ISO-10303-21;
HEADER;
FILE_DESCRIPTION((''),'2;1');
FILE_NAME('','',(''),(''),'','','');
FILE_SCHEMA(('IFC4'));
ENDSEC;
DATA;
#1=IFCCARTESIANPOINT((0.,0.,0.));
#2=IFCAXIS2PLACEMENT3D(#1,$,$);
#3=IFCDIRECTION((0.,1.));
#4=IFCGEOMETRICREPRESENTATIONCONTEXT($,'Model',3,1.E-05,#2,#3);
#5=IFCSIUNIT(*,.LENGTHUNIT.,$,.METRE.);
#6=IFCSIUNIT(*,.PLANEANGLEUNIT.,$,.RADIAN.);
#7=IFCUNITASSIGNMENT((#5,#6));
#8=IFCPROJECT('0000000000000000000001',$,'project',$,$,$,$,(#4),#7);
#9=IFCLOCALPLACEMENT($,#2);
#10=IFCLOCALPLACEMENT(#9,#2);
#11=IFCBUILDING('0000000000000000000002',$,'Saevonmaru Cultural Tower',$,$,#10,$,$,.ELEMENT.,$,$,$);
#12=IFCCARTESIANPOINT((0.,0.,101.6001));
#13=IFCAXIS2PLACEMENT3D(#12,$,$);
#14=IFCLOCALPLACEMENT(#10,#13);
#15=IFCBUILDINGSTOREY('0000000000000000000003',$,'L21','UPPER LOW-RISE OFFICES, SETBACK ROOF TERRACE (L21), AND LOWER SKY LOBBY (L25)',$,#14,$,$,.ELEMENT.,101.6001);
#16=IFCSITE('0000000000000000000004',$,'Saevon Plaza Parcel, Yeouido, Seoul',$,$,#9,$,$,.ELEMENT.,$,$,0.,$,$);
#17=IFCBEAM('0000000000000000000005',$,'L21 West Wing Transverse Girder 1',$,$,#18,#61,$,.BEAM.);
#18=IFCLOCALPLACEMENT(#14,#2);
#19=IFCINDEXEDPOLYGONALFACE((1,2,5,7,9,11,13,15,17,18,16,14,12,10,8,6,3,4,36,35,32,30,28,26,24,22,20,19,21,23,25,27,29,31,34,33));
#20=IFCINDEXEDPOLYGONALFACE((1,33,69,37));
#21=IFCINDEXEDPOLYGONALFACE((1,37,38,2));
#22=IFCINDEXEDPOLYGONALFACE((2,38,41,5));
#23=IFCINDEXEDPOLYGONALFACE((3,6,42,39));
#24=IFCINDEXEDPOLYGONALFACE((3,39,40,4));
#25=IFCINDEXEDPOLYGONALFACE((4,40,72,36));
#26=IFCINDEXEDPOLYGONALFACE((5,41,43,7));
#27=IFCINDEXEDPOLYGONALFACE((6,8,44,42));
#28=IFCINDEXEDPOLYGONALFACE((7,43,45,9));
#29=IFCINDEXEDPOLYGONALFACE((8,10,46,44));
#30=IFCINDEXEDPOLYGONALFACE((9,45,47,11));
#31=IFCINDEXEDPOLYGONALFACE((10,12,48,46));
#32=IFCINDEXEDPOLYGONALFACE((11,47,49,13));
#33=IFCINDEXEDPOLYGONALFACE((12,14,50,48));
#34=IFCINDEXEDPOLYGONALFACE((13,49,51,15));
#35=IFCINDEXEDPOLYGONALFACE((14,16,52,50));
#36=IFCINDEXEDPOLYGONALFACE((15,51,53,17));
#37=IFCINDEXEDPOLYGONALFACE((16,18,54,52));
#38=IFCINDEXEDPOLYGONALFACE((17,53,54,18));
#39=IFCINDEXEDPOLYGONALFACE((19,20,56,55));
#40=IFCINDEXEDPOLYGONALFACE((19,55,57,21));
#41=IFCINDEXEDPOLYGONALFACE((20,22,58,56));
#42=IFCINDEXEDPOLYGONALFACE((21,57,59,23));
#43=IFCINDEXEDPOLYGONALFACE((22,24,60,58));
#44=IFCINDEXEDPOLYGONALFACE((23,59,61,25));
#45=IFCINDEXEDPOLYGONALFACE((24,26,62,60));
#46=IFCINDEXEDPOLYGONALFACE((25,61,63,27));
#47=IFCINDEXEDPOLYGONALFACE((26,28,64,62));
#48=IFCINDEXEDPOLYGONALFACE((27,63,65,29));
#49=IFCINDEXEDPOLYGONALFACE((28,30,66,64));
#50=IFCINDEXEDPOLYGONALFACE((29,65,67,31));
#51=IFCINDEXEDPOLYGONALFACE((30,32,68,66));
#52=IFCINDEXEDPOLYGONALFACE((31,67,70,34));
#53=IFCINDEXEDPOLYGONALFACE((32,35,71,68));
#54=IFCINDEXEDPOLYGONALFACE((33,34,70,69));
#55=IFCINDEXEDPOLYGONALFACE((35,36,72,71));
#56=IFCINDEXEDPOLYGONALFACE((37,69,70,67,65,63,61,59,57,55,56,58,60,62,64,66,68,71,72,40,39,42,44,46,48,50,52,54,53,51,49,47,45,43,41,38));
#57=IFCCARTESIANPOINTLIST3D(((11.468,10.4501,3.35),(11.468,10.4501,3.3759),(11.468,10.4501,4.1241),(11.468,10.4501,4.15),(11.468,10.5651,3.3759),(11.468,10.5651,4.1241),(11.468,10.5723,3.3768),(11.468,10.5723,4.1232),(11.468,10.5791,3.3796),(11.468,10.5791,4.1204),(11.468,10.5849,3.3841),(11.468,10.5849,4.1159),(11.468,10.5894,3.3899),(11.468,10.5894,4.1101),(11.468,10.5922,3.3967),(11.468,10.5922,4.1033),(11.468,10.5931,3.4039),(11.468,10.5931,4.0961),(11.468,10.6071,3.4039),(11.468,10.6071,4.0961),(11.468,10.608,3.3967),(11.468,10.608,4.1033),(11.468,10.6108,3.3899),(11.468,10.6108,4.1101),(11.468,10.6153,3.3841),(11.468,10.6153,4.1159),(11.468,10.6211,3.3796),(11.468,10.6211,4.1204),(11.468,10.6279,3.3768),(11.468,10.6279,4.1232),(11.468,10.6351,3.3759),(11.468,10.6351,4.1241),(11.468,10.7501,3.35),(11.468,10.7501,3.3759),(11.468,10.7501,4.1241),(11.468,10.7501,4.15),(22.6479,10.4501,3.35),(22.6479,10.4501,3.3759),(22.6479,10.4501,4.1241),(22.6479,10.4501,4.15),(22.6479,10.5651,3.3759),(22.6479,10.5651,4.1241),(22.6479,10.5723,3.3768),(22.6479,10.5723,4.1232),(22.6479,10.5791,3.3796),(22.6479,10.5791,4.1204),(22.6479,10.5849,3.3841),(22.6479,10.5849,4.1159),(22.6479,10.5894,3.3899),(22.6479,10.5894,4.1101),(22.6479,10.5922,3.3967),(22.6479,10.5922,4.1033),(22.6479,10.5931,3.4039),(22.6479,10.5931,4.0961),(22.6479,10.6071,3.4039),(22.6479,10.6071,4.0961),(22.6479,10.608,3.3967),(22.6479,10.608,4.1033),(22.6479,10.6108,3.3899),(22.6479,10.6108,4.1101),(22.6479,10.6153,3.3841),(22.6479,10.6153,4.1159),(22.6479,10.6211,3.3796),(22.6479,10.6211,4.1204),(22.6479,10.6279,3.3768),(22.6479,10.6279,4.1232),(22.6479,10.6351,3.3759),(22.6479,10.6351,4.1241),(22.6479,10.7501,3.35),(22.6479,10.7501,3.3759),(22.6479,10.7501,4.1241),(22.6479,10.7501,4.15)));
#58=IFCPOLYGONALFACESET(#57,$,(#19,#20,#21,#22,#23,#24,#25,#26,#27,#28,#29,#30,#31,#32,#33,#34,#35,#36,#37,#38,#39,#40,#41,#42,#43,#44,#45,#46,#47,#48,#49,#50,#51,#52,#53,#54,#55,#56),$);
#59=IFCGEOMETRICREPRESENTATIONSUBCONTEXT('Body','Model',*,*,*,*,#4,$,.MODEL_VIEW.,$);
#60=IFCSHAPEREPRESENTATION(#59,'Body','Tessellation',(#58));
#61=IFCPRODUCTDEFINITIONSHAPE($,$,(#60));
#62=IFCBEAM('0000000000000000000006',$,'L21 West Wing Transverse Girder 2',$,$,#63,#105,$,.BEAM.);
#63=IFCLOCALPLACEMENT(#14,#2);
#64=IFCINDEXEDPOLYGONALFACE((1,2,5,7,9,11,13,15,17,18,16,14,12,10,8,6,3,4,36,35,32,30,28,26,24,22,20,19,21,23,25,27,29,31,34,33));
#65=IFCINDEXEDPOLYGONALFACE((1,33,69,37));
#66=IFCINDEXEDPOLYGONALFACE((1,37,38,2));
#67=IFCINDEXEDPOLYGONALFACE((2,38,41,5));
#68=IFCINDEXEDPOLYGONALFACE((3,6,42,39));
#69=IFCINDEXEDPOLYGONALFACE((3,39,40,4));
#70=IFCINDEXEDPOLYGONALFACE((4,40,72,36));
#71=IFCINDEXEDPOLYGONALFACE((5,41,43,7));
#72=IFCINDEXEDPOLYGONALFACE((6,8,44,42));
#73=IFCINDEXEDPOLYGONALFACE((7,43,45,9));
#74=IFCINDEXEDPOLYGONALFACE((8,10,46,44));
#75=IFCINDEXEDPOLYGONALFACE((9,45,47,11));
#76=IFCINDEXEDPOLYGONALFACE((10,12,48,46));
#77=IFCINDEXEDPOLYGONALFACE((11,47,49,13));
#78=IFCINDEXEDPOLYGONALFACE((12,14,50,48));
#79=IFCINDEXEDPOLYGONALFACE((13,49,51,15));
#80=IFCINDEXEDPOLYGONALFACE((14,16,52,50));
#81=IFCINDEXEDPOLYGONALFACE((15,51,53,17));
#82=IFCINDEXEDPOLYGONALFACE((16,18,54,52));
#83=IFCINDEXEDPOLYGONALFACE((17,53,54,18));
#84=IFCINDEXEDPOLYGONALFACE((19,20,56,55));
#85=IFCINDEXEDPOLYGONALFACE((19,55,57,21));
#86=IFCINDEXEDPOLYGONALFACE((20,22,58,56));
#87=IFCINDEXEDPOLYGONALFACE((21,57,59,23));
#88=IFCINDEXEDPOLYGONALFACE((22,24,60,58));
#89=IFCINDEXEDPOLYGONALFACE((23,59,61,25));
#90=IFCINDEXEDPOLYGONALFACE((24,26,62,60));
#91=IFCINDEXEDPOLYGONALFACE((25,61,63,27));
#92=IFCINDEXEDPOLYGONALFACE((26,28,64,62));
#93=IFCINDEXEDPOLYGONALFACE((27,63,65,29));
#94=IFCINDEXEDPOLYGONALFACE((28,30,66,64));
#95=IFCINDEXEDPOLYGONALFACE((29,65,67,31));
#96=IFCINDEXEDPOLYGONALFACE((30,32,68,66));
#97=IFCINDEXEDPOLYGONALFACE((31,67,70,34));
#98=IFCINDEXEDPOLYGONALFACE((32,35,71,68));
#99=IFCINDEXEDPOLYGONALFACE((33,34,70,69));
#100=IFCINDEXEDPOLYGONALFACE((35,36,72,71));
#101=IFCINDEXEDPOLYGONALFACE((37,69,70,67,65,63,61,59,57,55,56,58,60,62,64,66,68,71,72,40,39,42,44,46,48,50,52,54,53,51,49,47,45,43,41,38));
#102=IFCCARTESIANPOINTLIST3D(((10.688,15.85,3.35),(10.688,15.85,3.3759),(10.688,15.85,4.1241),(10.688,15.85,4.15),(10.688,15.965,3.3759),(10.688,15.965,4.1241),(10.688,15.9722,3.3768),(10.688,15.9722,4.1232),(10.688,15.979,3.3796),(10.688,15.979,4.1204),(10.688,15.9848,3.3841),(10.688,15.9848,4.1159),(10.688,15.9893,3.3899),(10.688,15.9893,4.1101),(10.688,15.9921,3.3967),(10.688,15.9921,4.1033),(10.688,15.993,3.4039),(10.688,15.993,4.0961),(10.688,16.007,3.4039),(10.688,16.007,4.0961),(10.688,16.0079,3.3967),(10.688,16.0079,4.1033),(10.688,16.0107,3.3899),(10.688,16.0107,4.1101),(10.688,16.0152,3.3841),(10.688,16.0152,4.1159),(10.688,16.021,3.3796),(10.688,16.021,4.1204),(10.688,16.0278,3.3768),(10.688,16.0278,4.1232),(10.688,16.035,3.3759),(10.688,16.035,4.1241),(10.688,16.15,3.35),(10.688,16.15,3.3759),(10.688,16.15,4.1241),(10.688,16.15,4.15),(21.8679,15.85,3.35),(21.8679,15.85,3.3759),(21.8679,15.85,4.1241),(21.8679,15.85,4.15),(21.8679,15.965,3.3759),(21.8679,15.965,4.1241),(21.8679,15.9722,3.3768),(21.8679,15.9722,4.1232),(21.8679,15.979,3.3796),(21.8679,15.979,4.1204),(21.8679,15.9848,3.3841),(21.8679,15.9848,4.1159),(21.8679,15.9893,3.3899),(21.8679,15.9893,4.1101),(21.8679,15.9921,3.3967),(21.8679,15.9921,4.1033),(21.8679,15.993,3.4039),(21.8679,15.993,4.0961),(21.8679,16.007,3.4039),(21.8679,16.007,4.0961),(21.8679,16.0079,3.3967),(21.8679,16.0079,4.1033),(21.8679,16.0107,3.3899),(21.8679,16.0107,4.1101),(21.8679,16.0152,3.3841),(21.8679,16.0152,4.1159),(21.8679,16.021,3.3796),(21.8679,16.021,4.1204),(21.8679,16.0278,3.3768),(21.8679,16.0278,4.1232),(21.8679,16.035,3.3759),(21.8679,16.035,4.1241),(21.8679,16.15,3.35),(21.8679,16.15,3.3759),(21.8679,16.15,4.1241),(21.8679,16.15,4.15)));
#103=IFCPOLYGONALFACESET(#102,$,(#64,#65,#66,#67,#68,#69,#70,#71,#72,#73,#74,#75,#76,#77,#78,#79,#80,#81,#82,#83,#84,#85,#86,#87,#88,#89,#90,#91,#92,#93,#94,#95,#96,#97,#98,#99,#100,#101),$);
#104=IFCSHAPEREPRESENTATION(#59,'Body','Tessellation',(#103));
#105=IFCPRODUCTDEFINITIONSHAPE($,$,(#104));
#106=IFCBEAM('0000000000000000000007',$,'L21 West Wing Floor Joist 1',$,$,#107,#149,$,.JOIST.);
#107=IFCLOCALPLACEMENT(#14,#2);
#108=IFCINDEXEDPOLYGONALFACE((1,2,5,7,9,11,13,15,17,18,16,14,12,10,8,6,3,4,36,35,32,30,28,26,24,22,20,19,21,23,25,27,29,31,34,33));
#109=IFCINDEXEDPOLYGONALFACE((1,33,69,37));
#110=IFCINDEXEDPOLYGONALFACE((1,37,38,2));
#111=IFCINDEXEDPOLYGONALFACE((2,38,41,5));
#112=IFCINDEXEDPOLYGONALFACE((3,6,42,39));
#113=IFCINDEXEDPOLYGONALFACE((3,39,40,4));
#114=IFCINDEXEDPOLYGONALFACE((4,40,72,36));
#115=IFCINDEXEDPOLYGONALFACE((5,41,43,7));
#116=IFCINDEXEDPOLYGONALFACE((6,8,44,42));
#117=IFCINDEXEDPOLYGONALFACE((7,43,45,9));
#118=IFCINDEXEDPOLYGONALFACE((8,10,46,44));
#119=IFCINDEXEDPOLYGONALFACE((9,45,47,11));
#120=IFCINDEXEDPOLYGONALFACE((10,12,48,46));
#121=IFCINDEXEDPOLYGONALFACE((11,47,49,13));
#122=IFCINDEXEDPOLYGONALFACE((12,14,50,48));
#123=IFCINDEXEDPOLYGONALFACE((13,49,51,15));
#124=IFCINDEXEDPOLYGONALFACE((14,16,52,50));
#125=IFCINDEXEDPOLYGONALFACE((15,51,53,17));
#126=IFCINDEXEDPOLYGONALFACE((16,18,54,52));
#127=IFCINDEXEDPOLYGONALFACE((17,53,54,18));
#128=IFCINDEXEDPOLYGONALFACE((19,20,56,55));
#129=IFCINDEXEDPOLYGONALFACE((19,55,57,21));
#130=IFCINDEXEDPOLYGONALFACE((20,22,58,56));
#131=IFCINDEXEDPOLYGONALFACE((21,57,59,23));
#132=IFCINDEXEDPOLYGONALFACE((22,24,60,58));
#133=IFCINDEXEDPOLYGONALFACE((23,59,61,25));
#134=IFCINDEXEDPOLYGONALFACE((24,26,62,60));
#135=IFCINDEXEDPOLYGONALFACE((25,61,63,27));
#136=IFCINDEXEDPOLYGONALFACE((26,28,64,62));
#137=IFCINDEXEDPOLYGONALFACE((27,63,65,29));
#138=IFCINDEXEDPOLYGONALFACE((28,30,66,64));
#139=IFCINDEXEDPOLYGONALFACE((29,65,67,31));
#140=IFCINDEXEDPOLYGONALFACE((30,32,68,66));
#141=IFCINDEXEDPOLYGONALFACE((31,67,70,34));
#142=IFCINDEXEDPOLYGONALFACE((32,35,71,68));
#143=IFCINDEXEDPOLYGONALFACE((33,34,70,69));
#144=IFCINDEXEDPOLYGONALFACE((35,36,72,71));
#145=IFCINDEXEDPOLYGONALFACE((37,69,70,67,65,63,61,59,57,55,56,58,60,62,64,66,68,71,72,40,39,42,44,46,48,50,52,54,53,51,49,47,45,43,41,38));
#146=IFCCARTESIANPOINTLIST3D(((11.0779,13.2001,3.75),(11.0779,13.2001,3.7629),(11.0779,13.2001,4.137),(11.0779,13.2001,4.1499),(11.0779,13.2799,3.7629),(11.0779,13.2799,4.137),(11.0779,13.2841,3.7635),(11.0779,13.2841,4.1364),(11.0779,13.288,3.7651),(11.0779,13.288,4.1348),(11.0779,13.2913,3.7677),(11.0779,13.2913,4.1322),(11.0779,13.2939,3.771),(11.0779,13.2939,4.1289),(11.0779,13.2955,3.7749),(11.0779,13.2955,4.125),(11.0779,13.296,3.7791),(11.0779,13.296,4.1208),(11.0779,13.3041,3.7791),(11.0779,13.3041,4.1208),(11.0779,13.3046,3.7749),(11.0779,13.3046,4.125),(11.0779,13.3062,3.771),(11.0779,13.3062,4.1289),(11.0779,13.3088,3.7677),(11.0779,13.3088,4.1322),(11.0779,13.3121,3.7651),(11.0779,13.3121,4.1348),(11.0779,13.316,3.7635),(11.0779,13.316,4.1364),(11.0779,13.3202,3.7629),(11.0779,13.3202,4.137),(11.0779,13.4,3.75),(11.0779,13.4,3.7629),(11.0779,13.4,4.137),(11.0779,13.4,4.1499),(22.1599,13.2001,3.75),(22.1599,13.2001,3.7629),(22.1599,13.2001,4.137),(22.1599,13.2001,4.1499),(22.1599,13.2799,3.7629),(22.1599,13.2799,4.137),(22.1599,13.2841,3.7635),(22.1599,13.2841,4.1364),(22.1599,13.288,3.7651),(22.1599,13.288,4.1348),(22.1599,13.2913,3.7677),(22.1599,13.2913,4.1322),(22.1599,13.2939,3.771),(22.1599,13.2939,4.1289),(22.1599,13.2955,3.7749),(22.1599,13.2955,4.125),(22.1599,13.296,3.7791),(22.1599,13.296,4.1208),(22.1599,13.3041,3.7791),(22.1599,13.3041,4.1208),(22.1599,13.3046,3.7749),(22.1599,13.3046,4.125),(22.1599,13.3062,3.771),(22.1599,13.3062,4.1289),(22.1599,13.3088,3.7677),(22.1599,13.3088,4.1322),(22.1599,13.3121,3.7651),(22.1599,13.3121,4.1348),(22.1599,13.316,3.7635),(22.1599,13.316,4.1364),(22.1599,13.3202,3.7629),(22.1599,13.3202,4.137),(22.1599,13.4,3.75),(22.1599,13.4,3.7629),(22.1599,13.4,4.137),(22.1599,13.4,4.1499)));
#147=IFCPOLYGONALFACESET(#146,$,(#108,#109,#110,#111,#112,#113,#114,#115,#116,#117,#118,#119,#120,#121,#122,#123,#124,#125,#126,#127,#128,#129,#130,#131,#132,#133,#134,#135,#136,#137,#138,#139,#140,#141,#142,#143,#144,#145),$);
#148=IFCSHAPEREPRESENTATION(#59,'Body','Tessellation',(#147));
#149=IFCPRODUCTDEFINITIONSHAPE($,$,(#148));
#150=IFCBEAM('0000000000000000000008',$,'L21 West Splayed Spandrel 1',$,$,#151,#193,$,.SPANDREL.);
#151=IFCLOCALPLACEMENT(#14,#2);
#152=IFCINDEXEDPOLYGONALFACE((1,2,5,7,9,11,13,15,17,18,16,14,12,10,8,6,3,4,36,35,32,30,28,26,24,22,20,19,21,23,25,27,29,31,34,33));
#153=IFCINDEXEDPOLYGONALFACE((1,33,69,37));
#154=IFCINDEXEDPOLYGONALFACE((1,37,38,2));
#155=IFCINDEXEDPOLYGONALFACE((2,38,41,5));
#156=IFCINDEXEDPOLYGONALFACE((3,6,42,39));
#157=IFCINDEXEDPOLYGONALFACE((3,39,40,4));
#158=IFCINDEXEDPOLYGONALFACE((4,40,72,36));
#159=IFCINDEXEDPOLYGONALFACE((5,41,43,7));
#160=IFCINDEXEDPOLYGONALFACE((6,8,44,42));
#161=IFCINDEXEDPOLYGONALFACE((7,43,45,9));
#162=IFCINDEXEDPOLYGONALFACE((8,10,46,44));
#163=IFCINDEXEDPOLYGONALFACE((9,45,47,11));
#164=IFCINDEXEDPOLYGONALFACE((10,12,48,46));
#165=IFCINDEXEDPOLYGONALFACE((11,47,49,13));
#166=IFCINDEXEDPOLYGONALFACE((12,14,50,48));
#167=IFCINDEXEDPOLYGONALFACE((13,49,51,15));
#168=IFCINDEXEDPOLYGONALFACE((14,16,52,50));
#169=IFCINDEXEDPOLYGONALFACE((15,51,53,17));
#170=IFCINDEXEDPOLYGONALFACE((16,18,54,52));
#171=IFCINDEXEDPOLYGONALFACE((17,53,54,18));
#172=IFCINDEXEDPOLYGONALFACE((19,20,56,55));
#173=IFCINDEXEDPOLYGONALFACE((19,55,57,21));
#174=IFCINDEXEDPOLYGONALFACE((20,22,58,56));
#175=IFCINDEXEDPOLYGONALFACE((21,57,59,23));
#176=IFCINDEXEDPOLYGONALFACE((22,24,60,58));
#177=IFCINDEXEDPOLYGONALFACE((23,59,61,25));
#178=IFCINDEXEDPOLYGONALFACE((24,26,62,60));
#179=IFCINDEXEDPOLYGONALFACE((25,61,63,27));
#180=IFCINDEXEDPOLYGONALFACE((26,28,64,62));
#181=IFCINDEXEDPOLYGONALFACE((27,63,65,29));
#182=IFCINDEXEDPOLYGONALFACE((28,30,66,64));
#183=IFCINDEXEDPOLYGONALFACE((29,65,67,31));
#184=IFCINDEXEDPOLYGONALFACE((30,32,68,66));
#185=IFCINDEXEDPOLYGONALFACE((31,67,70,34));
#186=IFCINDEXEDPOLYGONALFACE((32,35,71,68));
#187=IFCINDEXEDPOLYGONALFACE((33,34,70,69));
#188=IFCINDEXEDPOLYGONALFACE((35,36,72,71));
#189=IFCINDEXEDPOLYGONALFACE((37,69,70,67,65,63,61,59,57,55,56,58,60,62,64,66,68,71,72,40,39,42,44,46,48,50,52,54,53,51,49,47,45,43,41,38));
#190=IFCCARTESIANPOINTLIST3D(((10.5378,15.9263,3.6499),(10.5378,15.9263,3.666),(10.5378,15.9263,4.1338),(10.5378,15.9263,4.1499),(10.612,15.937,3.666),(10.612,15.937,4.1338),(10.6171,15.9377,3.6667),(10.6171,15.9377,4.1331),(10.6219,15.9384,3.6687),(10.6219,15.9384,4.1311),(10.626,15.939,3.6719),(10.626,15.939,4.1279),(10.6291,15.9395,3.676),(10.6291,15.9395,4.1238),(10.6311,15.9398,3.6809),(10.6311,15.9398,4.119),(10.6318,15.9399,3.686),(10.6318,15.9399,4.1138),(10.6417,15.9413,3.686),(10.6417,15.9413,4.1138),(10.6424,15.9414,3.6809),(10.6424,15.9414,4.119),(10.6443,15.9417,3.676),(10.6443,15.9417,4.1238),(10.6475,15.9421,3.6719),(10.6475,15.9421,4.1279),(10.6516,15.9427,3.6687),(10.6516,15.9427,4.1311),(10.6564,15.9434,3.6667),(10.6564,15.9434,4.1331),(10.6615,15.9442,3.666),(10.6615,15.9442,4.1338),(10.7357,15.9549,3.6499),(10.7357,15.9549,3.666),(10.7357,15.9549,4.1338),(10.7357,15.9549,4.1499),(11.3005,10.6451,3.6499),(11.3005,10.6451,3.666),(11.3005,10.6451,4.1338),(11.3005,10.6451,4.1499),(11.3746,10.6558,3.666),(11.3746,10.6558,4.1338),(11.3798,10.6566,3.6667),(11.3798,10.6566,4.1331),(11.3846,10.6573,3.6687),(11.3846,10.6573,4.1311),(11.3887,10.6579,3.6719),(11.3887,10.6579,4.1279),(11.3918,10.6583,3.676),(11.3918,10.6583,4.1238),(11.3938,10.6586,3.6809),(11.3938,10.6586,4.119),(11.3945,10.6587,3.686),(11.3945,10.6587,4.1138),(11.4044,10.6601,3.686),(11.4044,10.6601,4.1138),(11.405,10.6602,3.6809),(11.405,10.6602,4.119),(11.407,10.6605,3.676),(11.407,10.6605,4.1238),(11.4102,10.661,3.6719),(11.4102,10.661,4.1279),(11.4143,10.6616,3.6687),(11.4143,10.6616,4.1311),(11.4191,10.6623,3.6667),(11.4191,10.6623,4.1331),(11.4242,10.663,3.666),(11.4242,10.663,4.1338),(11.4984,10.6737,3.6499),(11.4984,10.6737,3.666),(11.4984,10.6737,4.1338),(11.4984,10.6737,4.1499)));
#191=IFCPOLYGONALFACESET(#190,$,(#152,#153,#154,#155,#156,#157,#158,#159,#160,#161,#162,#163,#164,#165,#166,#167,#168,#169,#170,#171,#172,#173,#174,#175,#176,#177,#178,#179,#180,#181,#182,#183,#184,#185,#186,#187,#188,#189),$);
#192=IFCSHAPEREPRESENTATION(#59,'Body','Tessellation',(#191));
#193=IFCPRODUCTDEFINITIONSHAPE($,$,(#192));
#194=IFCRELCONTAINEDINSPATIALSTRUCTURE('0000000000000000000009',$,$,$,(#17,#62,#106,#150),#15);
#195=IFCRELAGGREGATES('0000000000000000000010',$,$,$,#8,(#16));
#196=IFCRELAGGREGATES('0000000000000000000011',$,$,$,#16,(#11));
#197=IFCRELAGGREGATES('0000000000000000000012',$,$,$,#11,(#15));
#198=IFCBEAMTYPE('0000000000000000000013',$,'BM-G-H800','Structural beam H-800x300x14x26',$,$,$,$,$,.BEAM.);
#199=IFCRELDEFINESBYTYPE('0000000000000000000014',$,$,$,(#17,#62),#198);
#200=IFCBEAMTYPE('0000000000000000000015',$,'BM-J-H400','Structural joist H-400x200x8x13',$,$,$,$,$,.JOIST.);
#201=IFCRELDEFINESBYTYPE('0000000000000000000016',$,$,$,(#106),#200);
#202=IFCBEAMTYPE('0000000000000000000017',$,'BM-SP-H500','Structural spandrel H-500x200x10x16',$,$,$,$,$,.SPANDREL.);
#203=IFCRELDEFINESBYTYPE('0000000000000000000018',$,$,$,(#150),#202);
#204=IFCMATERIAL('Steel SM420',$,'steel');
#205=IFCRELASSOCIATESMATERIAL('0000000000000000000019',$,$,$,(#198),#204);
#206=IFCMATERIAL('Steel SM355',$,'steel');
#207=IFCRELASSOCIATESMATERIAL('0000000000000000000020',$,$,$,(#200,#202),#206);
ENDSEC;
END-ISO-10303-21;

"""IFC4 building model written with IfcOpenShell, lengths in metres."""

from ifc_helpers import new_model, si_unit, direction, frame, origin, origin_2d, place, context, subcontext, project, spatial, i_section, extrude, material, material_profile, profile_set, type_object, element, save


model = new_model("IFC4")

# Units and contexts
model_context = context("Model", 3, precision=1e-05, world=origin(), true_north=direction((0.0, 1.0)))
body_context = subcontext(model_context, "Body", "Model", "MODEL_VIEW")
ifc_project = project(units=[si_unit("LENGTHUNIT", "METRE"), si_unit("PLANEANGLEUNIT", "RADIAN")], contexts=[model_context])

# Site, building, storey
site_placement = place(None, origin())
site = spatial("IfcSite", under=ifc_project, at=site_placement, Name="Saevon Plaza Parcel, Yeouido, Seoul", CompositionType="ELEMENT", RefElevation=0.0)
building_placement = place(site_placement, origin())
building = spatial("IfcBuilding", under=site, at=building_placement, Name="Saevonmaru Cultural Tower", CompositionType="ELEMENT")
storey_placement = place(building_placement, frame((0.0, 0.0, 101.6001)))
storey = spatial("IfcBuildingStorey", under=building, at=storey_placement, Name="L21", Description="UPPER LOW-RISE OFFICES, SETBACK ROOF TERRACE (L21), AND LOWER SKY LOBBY (L25)", CompositionType="ELEMENT", Elevation=101.6001)

# Shared definitions
ifc_material_1 = material(Name="Steel SM420", Category="steel")
ifc_material_2 = material(Name="Steel SM355", Category="steel")

# Beams
ifc_material_profile_1 = material_profile(ifc_material_1, i_section(OverallWidth=0.3, OverallDepth=0.8, WebThickness=0.0139, FlangeThickness=0.0259, FilletRadius=0.0281, at=origin_2d()), Name="H-800x300x14x26")
ifc_profile_set_1 = profile_set([ifc_material_profile_1], Name="Steel SM420")
beam_type_1 = type_object("IfcBeamType", Name="BM-G-H800", Description="Structural beam H-800x300x14x26", PredefinedType="BEAM", material=ifc_profile_set_1)
for number, where, z_axis, x_axis, name in (
    (1, (11.468, 10.6001, 3.75), (1.0, 0.0, 0.0), (0.0, 1.0, 0.0), "L21 West Wing Transverse Girder 1"),
    (2, (10.688, 16.0, 3.75), (1.0, 0.0, 0.0), (0.0, 1.0, 0.0), "L21 West Wing Transverse Girder 2"),
):
    element("IfcBeam", number, at=place(storey_placement, frame(where, z_axis=z_axis, x_axis=x_axis)), inside=storey, type_object=beam_type_1, Name=name, PredefinedType="BEAM", context=body_context, shape_type="SweptSolid", body=[
        extrude(i_section(OverallWidth=0.3, OverallDepth=0.8, WebThickness=0.0139, FlangeThickness=0.0259, FilletRadius=0.0281, at=origin_2d()), origin(), (0.0, 0.0, 1.0), 11.1799),
    ])
ifc_material_profile_2 = material_profile(ifc_material_2, i_section(OverallWidth=0.2, OverallDepth=0.3999, WebThickness=0.0081, FlangeThickness=0.0129, FilletRadius=0.0161, at=origin_2d()), Name="H-400x200x8x13")
ifc_profile_set_2 = profile_set([ifc_material_profile_2], Name="Steel SM355")
beam_type_2 = type_object("IfcBeamType", Name="BM-J-H400", Description="Structural joist H-400x200x8x13", PredefinedType="JOIST", material=ifc_profile_set_2)
beam_1_placement = place(storey_placement, frame((11.0779, 13.3, 3.95), z_axis=(1.0, 0.0, 0.0), x_axis=(0.0, 1.0, 0.0)))
element("IfcBeam", 3, at=beam_1_placement, inside=storey, type_object=beam_type_2, Name="L21 West Wing Floor Joist 1", PredefinedType="JOIST", context=body_context, shape_type="SweptSolid", body=[
    extrude(i_section(OverallWidth=0.2, OverallDepth=0.3999, WebThickness=0.0081, FlangeThickness=0.0129, FilletRadius=0.0161, at=origin_2d()), origin(), (0.0, 0.0, 1.0), 11.082),
])
ifc_material_profile_3 = material_profile(ifc_material_2, i_section(OverallWidth=0.2, OverallDepth=0.5, WebThickness=0.01, FlangeThickness=0.0161, FilletRadius=0.02, at=origin_2d()), Name="H-500x200x10x16")
ifc_profile_set_3 = profile_set([ifc_material_profile_3], Name="Steel SM355")
beam_type_3 = type_object("IfcBeamType", Name="BM-SP-H500", Description="Structural spandrel H-500x200x10x16", PredefinedType="SPANDREL", material=ifc_profile_set_3)
beam_2_placement = place(storey_placement, frame((11.3994, 10.6594, 3.8999), z_axis=(-0.142933, 0.989732, 0.0), x_axis=(-0.989732, -0.142933, 0.0)))
element("IfcBeam", 4, at=beam_2_placement, inside=storey, type_object=beam_type_3, Name="L21 West Splayed Spandrel 1", PredefinedType="SPANDREL", context=body_context, shape_type="SweptSolid", body=[
    extrude(i_section(OverallWidth=0.2, OverallDepth=0.5, WebThickness=0.01, FlangeThickness=0.0161, FilletRadius=0.02, at=origin_2d()), origin(), (0.0, 0.0, 1.0), 5.3359),
])

save(model, "model.ifc")
